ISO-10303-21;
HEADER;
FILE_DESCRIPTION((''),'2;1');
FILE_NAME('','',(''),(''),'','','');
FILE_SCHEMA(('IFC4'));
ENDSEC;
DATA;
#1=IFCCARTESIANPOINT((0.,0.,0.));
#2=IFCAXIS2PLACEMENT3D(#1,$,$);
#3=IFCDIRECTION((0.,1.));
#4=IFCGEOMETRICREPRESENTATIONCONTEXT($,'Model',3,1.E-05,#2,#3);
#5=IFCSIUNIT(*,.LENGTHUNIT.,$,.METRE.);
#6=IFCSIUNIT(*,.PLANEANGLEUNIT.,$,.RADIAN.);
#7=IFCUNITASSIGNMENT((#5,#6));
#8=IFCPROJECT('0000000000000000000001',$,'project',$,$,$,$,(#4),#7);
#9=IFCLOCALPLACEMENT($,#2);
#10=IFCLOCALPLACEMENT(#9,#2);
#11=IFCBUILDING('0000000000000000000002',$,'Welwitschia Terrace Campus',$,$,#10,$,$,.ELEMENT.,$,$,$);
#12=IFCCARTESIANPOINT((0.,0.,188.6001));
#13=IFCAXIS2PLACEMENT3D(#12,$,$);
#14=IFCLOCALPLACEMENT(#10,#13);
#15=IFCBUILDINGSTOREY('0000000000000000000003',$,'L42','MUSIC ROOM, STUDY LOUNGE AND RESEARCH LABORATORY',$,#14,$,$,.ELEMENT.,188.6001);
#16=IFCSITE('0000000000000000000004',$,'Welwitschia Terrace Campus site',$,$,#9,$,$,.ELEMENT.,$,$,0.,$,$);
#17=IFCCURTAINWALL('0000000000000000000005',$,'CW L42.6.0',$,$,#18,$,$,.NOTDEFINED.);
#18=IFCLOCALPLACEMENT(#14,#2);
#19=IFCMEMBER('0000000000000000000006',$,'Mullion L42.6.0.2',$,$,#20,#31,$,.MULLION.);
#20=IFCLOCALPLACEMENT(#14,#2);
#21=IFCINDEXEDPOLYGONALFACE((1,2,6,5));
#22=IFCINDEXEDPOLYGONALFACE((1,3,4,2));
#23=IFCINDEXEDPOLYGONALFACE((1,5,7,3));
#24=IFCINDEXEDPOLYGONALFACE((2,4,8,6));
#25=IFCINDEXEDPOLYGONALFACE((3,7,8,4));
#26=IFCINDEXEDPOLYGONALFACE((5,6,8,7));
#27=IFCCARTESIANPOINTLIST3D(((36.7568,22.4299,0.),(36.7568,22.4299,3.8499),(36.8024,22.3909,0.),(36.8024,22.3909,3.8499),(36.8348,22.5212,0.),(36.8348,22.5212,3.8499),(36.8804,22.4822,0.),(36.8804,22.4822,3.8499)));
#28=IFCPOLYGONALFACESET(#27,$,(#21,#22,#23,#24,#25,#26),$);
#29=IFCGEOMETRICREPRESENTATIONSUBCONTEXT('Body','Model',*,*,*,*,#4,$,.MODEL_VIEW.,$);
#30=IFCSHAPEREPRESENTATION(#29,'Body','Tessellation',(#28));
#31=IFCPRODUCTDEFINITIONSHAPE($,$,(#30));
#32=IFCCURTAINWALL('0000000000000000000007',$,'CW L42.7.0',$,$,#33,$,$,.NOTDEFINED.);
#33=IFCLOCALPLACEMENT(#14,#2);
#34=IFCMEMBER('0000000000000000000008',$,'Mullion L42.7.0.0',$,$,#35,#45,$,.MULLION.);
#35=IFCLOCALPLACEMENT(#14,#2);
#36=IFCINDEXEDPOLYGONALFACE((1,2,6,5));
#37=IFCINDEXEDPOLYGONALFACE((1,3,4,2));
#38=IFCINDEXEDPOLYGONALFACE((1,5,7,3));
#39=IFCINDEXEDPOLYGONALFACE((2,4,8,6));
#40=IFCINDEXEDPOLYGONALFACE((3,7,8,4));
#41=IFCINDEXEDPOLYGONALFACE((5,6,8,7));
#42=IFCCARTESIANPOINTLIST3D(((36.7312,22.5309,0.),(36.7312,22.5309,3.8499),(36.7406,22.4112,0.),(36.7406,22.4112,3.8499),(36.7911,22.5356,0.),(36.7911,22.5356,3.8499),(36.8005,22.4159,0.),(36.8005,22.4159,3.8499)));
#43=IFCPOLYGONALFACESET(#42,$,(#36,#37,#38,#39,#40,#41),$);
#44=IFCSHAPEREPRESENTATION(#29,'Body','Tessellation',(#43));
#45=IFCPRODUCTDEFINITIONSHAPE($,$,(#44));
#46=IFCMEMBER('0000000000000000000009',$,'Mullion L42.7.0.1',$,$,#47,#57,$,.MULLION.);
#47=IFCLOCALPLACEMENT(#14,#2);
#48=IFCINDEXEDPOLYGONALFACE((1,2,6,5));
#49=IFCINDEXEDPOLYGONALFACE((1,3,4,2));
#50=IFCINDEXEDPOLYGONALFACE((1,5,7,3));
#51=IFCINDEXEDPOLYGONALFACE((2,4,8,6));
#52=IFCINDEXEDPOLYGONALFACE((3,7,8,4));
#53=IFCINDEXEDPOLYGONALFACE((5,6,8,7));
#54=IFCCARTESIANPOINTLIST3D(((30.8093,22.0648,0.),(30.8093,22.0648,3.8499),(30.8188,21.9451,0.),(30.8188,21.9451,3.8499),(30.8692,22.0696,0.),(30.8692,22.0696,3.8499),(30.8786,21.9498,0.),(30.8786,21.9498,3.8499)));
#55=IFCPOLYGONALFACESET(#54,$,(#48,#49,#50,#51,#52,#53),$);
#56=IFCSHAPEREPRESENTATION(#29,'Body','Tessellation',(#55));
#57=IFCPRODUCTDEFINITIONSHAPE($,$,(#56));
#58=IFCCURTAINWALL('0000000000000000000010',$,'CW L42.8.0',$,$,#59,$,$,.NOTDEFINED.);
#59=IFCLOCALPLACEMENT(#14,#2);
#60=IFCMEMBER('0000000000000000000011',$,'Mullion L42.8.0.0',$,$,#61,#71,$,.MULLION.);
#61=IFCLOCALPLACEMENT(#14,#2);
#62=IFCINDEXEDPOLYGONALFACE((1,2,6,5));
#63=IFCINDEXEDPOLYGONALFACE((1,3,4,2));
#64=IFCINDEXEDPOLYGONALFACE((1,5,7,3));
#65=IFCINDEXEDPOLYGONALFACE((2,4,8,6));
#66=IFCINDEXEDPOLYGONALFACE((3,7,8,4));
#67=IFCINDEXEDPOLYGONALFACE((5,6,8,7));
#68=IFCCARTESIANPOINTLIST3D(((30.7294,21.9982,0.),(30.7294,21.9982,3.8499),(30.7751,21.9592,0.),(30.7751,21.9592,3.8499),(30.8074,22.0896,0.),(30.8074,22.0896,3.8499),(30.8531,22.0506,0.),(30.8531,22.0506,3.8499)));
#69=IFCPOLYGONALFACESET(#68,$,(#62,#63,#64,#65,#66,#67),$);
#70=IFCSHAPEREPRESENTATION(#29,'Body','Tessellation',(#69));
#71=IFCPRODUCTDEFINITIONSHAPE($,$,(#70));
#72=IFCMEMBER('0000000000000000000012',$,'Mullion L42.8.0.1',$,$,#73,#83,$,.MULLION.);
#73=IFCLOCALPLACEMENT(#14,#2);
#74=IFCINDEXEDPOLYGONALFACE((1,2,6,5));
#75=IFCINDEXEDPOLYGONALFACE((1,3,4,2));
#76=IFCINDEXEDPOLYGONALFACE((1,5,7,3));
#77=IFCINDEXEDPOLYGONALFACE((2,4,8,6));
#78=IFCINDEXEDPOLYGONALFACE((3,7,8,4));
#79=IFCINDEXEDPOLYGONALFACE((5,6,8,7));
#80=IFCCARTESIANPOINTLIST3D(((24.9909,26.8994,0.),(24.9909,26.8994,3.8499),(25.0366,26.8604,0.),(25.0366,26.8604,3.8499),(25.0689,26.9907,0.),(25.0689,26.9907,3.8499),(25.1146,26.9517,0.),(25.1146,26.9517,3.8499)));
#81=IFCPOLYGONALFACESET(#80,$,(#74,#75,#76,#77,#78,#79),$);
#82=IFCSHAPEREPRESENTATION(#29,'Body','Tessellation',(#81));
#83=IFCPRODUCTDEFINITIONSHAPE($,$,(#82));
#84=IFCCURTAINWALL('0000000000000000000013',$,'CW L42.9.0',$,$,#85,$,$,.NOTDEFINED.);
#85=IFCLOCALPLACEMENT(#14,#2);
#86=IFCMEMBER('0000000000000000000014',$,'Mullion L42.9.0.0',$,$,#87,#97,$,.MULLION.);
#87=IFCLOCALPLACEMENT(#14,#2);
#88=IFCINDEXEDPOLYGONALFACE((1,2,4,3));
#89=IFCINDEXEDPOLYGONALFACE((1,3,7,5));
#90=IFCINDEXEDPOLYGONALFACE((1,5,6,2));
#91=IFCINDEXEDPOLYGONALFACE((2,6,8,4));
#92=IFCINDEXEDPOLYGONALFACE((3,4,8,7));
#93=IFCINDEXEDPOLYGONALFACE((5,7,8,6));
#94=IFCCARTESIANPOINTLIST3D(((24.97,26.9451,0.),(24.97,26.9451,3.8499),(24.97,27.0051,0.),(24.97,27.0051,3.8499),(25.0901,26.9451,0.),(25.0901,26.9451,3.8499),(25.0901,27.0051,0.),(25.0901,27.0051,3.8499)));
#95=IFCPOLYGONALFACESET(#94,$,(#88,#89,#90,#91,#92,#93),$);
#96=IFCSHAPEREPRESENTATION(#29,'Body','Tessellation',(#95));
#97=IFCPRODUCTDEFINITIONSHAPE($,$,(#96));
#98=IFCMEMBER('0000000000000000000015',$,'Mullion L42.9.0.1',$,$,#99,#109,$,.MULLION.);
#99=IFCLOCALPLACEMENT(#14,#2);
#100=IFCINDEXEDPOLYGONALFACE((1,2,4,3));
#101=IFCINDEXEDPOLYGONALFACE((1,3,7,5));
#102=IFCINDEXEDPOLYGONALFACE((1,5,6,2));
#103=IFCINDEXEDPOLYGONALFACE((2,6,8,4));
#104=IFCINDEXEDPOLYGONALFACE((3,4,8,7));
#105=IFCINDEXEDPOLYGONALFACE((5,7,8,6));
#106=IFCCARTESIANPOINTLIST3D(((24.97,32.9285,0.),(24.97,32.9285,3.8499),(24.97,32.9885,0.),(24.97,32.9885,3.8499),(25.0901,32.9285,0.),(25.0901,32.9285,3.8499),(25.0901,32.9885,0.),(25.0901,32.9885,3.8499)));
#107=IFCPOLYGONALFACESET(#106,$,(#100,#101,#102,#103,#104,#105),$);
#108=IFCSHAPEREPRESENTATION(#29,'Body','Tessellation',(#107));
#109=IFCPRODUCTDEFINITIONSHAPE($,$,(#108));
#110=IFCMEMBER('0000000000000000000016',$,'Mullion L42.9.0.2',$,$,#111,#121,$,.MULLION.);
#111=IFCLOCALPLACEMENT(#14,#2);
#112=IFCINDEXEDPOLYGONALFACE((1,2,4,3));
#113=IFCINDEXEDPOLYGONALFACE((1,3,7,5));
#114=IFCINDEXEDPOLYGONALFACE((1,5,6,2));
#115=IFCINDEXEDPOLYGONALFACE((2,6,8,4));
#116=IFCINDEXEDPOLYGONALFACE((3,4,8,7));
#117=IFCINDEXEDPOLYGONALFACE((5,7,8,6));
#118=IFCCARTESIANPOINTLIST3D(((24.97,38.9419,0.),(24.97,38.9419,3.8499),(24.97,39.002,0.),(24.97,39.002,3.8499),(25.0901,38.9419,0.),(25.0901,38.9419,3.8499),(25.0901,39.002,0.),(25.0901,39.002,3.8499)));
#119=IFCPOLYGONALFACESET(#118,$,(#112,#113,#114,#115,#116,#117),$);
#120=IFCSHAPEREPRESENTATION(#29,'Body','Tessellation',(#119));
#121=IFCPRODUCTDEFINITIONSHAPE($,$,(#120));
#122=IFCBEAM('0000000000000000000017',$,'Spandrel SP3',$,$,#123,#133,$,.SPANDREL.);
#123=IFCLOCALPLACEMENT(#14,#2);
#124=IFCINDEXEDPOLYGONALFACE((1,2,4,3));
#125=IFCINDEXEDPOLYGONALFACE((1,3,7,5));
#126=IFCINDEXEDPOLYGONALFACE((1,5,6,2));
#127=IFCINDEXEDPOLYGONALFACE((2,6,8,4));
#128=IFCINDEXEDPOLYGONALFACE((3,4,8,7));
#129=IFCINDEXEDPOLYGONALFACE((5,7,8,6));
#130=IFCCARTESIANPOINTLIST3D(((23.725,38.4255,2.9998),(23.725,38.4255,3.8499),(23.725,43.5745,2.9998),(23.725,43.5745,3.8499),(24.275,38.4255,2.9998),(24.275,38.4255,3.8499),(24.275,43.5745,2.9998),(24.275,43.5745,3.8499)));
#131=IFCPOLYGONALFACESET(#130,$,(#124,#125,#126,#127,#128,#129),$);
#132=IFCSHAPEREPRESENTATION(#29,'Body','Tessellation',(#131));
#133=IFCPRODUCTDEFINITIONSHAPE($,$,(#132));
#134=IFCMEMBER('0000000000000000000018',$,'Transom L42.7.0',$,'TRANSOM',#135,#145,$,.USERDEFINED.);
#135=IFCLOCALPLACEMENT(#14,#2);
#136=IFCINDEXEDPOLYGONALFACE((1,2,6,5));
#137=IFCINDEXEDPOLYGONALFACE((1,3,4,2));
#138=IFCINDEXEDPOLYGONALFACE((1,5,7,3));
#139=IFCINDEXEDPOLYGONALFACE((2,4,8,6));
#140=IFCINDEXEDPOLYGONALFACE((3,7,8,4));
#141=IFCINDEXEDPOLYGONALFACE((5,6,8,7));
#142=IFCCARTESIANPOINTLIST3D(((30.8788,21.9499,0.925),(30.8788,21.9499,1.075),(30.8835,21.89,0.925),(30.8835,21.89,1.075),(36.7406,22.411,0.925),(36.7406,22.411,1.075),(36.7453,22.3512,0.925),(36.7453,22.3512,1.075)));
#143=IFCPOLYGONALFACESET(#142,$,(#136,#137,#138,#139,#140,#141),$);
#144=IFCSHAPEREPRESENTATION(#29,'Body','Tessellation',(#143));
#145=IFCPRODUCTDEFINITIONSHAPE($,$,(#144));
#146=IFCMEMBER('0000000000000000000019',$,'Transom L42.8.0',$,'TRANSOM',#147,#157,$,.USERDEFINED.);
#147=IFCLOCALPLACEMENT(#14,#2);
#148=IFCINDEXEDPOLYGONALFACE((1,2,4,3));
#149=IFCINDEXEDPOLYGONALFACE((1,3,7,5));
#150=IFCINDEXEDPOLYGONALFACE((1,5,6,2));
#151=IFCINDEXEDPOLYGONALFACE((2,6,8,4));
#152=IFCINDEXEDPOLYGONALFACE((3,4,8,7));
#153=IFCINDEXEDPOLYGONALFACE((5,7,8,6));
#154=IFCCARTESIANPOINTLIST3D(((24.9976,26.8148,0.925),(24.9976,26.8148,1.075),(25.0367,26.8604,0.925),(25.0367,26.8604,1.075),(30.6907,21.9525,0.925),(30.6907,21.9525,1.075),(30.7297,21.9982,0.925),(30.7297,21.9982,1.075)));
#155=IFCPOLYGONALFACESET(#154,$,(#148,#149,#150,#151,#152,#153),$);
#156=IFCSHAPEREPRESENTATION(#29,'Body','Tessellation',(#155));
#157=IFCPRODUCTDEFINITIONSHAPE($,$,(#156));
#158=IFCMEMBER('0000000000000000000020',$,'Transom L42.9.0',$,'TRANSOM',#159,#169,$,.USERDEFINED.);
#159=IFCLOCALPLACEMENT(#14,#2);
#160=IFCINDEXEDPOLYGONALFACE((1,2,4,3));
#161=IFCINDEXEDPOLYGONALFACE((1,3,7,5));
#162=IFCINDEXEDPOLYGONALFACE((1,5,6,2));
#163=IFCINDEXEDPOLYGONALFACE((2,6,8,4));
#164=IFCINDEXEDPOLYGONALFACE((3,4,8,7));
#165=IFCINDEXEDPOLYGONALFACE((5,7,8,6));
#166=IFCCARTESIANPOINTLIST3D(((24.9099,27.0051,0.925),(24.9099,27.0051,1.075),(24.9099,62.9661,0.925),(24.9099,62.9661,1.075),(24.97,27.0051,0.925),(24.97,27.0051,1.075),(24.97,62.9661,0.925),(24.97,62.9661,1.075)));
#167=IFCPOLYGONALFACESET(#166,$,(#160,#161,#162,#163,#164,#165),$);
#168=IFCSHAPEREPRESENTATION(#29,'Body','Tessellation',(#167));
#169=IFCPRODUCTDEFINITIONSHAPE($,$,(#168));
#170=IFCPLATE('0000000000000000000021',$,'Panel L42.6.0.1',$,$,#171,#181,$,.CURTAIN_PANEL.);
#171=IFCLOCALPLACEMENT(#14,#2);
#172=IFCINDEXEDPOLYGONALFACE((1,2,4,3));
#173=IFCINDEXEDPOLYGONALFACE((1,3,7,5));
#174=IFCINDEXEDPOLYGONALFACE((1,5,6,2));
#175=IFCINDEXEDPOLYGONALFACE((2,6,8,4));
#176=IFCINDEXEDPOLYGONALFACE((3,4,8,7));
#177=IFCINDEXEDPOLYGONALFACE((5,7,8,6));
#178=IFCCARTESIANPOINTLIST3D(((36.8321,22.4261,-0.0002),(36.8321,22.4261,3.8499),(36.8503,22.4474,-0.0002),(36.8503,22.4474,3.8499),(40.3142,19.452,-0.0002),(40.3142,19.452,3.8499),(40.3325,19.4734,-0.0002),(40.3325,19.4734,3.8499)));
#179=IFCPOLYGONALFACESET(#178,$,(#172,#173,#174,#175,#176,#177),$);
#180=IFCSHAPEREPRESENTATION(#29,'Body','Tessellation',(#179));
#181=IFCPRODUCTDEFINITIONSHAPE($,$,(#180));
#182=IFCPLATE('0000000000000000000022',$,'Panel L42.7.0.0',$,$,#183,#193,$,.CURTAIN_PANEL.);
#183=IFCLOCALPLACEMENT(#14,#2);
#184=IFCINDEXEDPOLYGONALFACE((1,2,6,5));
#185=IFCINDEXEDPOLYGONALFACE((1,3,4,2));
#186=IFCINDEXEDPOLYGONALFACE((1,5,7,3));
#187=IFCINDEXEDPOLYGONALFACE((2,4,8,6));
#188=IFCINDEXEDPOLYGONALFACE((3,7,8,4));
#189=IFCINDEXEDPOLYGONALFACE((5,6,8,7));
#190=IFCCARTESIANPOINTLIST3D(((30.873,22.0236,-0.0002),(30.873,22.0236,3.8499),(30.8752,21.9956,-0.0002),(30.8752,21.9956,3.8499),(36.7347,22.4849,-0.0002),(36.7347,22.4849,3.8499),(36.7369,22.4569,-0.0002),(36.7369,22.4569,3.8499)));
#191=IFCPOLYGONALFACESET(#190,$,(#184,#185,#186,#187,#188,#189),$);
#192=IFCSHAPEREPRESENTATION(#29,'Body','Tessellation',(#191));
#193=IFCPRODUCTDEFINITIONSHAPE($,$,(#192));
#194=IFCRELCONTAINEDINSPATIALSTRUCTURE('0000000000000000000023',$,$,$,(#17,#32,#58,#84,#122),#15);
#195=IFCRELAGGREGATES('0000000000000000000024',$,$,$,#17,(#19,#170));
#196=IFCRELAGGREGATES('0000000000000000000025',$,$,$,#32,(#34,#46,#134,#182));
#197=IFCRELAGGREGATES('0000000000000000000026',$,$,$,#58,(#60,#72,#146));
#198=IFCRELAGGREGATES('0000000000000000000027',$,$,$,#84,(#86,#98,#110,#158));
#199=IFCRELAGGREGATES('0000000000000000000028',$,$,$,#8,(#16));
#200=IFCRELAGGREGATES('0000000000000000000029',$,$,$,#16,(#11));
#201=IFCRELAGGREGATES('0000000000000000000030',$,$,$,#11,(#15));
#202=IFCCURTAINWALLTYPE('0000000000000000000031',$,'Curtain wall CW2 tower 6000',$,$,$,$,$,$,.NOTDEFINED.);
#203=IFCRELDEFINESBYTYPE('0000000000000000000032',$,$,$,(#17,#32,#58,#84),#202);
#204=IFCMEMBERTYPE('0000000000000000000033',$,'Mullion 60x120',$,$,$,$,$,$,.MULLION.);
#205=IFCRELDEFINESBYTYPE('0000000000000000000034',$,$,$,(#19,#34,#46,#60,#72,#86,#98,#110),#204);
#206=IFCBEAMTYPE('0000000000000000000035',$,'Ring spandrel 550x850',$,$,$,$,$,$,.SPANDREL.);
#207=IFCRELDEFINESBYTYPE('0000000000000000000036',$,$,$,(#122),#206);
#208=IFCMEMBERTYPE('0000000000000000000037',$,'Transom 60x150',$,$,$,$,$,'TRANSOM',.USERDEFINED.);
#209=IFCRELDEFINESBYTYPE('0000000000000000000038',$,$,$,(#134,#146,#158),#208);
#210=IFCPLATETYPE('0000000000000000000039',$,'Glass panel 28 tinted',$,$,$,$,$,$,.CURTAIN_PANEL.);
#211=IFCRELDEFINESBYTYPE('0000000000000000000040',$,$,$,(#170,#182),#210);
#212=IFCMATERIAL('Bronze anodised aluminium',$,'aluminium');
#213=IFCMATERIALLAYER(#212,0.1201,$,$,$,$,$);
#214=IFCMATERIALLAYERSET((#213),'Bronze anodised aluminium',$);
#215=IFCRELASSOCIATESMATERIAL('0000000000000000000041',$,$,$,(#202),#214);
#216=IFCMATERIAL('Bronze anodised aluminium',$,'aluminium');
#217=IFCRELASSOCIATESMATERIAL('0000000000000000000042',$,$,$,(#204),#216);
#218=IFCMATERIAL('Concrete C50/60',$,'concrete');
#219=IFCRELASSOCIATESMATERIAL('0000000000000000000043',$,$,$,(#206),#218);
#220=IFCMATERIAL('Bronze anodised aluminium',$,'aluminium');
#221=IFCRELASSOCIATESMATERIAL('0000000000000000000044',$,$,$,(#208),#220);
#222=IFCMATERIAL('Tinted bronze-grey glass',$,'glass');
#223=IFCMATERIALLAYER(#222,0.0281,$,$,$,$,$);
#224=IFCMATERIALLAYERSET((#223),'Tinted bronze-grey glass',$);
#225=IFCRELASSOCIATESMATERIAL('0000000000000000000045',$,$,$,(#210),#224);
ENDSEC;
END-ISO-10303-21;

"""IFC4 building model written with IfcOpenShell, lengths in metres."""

from ifc_helpers import new_model, si_unit, direction, frame, origin, origin_2d, place, context, subcontext, project, spatial, rectangle, extrude, material, layer, layer_set, material_profile, profile_set, type_object, element, aggregate, save


model = new_model("IFC4")

# Units and contexts
model_context = context("Model", 3, precision=1e-05, world=origin(), true_north=direction((0.0, 1.0)))
body_context = subcontext(model_context, "Body", "Model", "MODEL_VIEW")
ifc_project = project(units=[si_unit("LENGTHUNIT", "METRE"), si_unit("PLANEANGLEUNIT", "RADIAN")], contexts=[model_context])

# Site, building, storey
site_placement = place(None, origin())
site = spatial("IfcSite", under=ifc_project, at=site_placement, Name="Welwitschia Terrace Campus site", CompositionType="ELEMENT", RefElevation=0.0)
building_placement = place(site_placement, origin())
building = spatial("IfcBuilding", under=site, at=building_placement, Name="Welwitschia Terrace Campus", CompositionType="ELEMENT")
storey_placement = place(building_placement, frame((0.0, 0.0, 188.6001)))
storey = spatial("IfcBuildingStorey", under=building, at=storey_placement, Name="L42", Description="MUSIC ROOM, STUDY LOUNGE AND RESEARCH LABORATORY", CompositionType="ELEMENT", Elevation=188.6001)

# Curtain wall, member
ifc_material_1 = material(Name="Bronze anodised aluminium", Category="aluminium")
ifc_layer_1 = layer(ifc_material_1, 0.1201)
ifc_layer_set_1 = layer_set([ifc_layer_1], Name="Bronze anodised aluminium")
curtain_wall_type = type_object("IfcCurtainWallType", Name="Curtain wall CW2 tower 6000", PredefinedType="NOTDEFINED", material=ifc_layer_set_1)
curtain_wall_1_placement = place(storey_placement, origin())
curtain_wall_1 = element("IfcCurtainWall", 1, at=curtain_wall_1_placement, inside=storey, type_object=curtain_wall_type, Name="CW L42.6.0", PredefinedType="NOTDEFINED")
ifc_material_2 = material(Name="Bronze anodised aluminium", Category="aluminium")
ifc_material_profile_1 = material_profile(ifc_material_2, rectangle(XDim=0.1201, YDim=0.0601, at=origin_2d()))
ifc_profile_set_1 = profile_set([ifc_material_profile_1], Name="Bronze anodised aluminium")
member_type_1 = type_object("IfcMemberType", Name="Mullion 60x120", PredefinedType="MULLION", material=ifc_profile_set_1)
member_1_placement = place(storey_placement, frame((36.8186, 22.4561, 0.0), z_axis=(0.0, 0.0, 1.0), x_axis=(-0.649448, -0.760406, 0.0)))
member_1 = element("IfcMember", 2, at=member_1_placement, type_object=member_type_1, Name="Mullion L42.6.0.2", PredefinedType="MULLION", context=body_context, shape_type="SweptSolid", body=[
    extrude(rectangle(XDim=0.1201, YDim=0.0601, at=origin_2d()), origin(), (0.0, 0.0, 1.0), 3.8499),
])

# Curtain walls, members
curtain_wall_2_placement = place(storey_placement, origin())
curtain_wall_2 = element("IfcCurtainWall", 3, at=curtain_wall_2_placement, inside=storey, type_object=curtain_wall_type, Name="CW L42.7.0", PredefinedType="NOTDEFINED")
member_2_placement = place(storey_placement, frame((36.7659, 22.4734, 0.0), z_axis=(0.0, 0.0, 1.0), x_axis=(0.078459, -0.996917, 0.0)))
member_2 = element("IfcMember", 4, at=member_2_placement, type_object=member_type_1, Name="Mullion L42.7.0.0", PredefinedType="MULLION", context=body_context, shape_type="SweptSolid", body=[
    extrude(rectangle(XDim=0.1201, YDim=0.0601, at=origin_2d()), origin(), (0.0, 0.0, 1.0), 3.8499),
])
member_3_placement = place(storey_placement, frame((30.844, 22.0073, 0.0), z_axis=(0.0, 0.0, 1.0), x_axis=(0.078459, -0.996917, 0.0)))
member_3 = element("IfcMember", 5, at=member_3_placement, type_object=member_type_1, Name="Mullion L42.7.0.1", PredefinedType="MULLION", context=body_context, shape_type="SweptSolid", body=[
    extrude(rectangle(XDim=0.1201, YDim=0.0601, at=origin_2d()), origin(), (0.0, 0.0, 1.0), 3.8499),
])
curtain_wall_3_placement = place(storey_placement, origin())
curtain_wall_3 = element("IfcCurtainWall", 6, at=curtain_wall_3_placement, inside=storey, type_object=curtain_wall_type, Name="CW L42.8.0", PredefinedType="NOTDEFINED")
member_4_placement = place(storey_placement, frame((30.7913, 22.0244, 0.0), z_axis=(0.0, 0.0, 1.0), x_axis=(-0.649448, -0.760406, 0.0)))
member_4 = element("IfcMember", 7, at=member_4_placement, type_object=member_type_1, Name="Mullion L42.8.0.0", PredefinedType="MULLION", context=body_context, shape_type="SweptSolid", body=[
    extrude(rectangle(XDim=0.1201, YDim=0.0601, at=origin_2d()), origin(), (0.0, 0.0, 1.0), 3.8499),
])
member_5_placement = place(storey_placement, frame((25.0527, 26.9255, 0.0), z_axis=(0.0, 0.0, 1.0), x_axis=(-0.649448, -0.760406, 0.0)))
member_5 = element("IfcMember", 8, at=member_5_placement, type_object=member_type_1, Name="Mullion L42.8.0.1", PredefinedType="MULLION", context=body_context, shape_type="SweptSolid", body=[
    extrude(rectangle(XDim=0.1201, YDim=0.0601, at=origin_2d()), origin(), (0.0, 0.0, 1.0), 3.8499),
])
curtain_wall_4_placement = place(storey_placement, origin())
curtain_wall_4 = element("IfcCurtainWall", 9, at=curtain_wall_4_placement, inside=storey, type_object=curtain_wall_type, Name="CW L42.9.0", PredefinedType="NOTDEFINED")
member_6_placement = place(storey_placement, frame((25.03, 26.9751, 0.0), z_axis=(0.0, 0.0, 1.0), x_axis=(-1.0, 0.0, 0.0)))
member_6 = element("IfcMember", 10, at=member_6_placement, type_object=member_type_1, Name="Mullion L42.9.0.0", PredefinedType="MULLION", context=body_context, shape_type="SweptSolid", body=[
    extrude(rectangle(XDim=0.1201, YDim=0.0601, at=origin_2d()), origin(), (0.0, 0.0, 1.0), 3.8499),
])
member_7_placement = place(storey_placement, frame((25.03, 32.9585, 0.0), z_axis=(0.0, 0.0, 1.0), x_axis=(-1.0, 0.0, 0.0)))
member_7 = element("IfcMember", 11, at=member_7_placement, type_object=member_type_1, Name="Mullion L42.9.0.1", PredefinedType="MULLION", context=body_context, shape_type="SweptSolid", body=[
    extrude(rectangle(XDim=0.1201, YDim=0.0601, at=origin_2d()), origin(), (0.0, 0.0, 1.0), 3.8499),
])
member_8_placement = place(storey_placement, frame((25.03, 38.9719, 0.0), z_axis=(0.0, 0.0, 1.0), x_axis=(-1.0, 0.0, 0.0)))
member_8 = element("IfcMember", 12, at=member_8_placement, type_object=member_type_1, Name="Mullion L42.9.0.2", PredefinedType="MULLION", context=body_context, shape_type="SweptSolid", body=[
    extrude(rectangle(XDim=0.1201, YDim=0.0601, at=origin_2d()), origin(), (0.0, 0.0, 1.0), 3.8499),
])

# Beam
ifc_material_3 = material(Name="Concrete C50/60", Category="concrete")
ifc_material_profile_2 = material_profile(ifc_material_3, rectangle(XDim=0.55, YDim=0.8501, at=origin_2d()))
ifc_profile_set_2 = profile_set([ifc_material_profile_2], Name="Concrete C50/60")
beam_type = type_object("IfcBeamType", Name="Ring spandrel 550x850", PredefinedType="SPANDREL", material=ifc_profile_set_2)
beam_placement = place(storey_placement, frame((24.0, 38.4255, 3.4248), z_axis=(0.0, 1.0, 0.0), x_axis=(-1.0, 0.0, 0.0)))
element("IfcBeam", 13, at=beam_placement, inside=storey, type_object=beam_type, Name="Spandrel SP3", PredefinedType="SPANDREL", context=body_context, shape_type="SweptSolid", body=[
    extrude(rectangle(XDim=0.55, YDim=0.8501, at=origin_2d()), origin(), (0.0, 0.0, 1.0), 5.1489),
])

# Members
ifc_material_4 = material(Name="Bronze anodised aluminium", Category="aluminium")
ifc_material_profile_3 = material_profile(ifc_material_4, rectangle(XDim=0.0601, YDim=0.1499, at=origin_2d()))
ifc_profile_set_3 = profile_set([ifc_material_profile_3], Name="Bronze anodised aluminium")
member_type_2 = type_object("IfcMemberType", Name="Transom 60x150", ElementType="TRANSOM", PredefinedType="USERDEFINED", material=ifc_profile_set_3)
member_9_placement = place(storey_placement, frame((36.7429, 22.3811, 1.0), z_axis=(-0.996919, -0.078433, 0.0), x_axis=(0.078433, -0.996919, 0.0)))
member_9 = element("IfcMember", 14, at=member_9_placement, type_object=member_type_2, Name="Transom L42.7.0", ObjectType="TRANSOM", PredefinedType="USERDEFINED", context=body_context, shape_type="SweptSolid", body=[
    extrude(rectangle(XDim=0.0601, YDim=0.1499, at=origin_2d()), origin(), (0.0, 0.0, 1.0), 5.8799),
])
member_10_placement = place(storey_placement, frame((30.7102, 21.9753, 1.0), z_axis=(-0.760411, 0.649442, 0.0), x_axis=(-0.649442, -0.760411, 0.0)))
member_10 = element("IfcMember", 15, at=member_10_placement, type_object=member_type_2, Name="Transom L42.8.0", ObjectType="TRANSOM", PredefinedType="USERDEFINED", context=body_context, shape_type="SweptSolid", body=[
    extrude(rectangle(XDim=0.0601, YDim=0.1499, at=origin_2d()), origin(), (0.0, 0.0, 1.0), 7.4868),
])
member_11_placement = place(storey_placement, frame((24.9399, 27.0051, 1.0), z_axis=(0.0, 1.0, 0.0), x_axis=(-1.0, 0.0, 0.0)))
member_11 = element("IfcMember", 16, at=member_11_placement, type_object=member_type_2, Name="Transom L42.9.0", ObjectType="TRANSOM", PredefinedType="USERDEFINED", context=body_context, shape_type="SweptSolid", body=[
    extrude(rectangle(XDim=0.0601, YDim=0.1499, at=origin_2d()), origin(), (0.0, 0.0, 1.0), 35.9609),
])

# Plates
ifc_material_5 = material(Name="Tinted bronze-grey glass", Category="glass")
ifc_layer_2 = layer(ifc_material_5, 0.0281)
ifc_layer_set_2 = layer_set([ifc_layer_2], Name="Tinted bronze-grey glass")
plate_type = type_object("IfcPlateType", Name="Glass panel 28 tinted", PredefinedType="CURTAIN_PANEL", material=ifc_layer_set_2)
plate_1_placement = place(storey_placement, frame((38.5823, 20.9497, -0.0002), z_axis=(0.0, 0.0, 1.0), x_axis=(-0.760406, 0.649448, 0.0)))
plate_1 = element("IfcPlate", 17, at=plate_1_placement, type_object=plate_type, Name="Panel L42.6.0.1", PredefinedType="CURTAIN_PANEL", context=body_context, shape_type="SweptSolid", body=[
    extrude(rectangle(XDim=4.5793, YDim=0.0281, at=origin_2d()), origin(), (0.0, 0.0, 1.0), 3.8501),
])
aggregate(curtain_wall_1, [member_1, plate_1])
plate_2_placement = place(storey_placement, frame((33.8049, 22.2402, -0.0002), z_axis=(0.0, 0.0, 1.0), x_axis=(-0.996917, -0.078459, 0.0)))
plate_2 = element("IfcPlate", 18, at=plate_2_placement, type_object=plate_type, Name="Panel L42.7.0.0", PredefinedType="CURTAIN_PANEL", context=body_context, shape_type="SweptSolid", body=[
    extrude(rectangle(XDim=5.8799, YDim=0.0281, at=origin_2d()), origin(), (0.0, 0.0, 1.0), 3.8501),
])
aggregate(curtain_wall_2, [member_2, member_3, member_9, plate_2])
aggregate(curtain_wall_3, [member_4, member_5, member_10])
aggregate(curtain_wall_4, [member_6, member_7, member_8, member_11])

save(model, "model.ifc")
